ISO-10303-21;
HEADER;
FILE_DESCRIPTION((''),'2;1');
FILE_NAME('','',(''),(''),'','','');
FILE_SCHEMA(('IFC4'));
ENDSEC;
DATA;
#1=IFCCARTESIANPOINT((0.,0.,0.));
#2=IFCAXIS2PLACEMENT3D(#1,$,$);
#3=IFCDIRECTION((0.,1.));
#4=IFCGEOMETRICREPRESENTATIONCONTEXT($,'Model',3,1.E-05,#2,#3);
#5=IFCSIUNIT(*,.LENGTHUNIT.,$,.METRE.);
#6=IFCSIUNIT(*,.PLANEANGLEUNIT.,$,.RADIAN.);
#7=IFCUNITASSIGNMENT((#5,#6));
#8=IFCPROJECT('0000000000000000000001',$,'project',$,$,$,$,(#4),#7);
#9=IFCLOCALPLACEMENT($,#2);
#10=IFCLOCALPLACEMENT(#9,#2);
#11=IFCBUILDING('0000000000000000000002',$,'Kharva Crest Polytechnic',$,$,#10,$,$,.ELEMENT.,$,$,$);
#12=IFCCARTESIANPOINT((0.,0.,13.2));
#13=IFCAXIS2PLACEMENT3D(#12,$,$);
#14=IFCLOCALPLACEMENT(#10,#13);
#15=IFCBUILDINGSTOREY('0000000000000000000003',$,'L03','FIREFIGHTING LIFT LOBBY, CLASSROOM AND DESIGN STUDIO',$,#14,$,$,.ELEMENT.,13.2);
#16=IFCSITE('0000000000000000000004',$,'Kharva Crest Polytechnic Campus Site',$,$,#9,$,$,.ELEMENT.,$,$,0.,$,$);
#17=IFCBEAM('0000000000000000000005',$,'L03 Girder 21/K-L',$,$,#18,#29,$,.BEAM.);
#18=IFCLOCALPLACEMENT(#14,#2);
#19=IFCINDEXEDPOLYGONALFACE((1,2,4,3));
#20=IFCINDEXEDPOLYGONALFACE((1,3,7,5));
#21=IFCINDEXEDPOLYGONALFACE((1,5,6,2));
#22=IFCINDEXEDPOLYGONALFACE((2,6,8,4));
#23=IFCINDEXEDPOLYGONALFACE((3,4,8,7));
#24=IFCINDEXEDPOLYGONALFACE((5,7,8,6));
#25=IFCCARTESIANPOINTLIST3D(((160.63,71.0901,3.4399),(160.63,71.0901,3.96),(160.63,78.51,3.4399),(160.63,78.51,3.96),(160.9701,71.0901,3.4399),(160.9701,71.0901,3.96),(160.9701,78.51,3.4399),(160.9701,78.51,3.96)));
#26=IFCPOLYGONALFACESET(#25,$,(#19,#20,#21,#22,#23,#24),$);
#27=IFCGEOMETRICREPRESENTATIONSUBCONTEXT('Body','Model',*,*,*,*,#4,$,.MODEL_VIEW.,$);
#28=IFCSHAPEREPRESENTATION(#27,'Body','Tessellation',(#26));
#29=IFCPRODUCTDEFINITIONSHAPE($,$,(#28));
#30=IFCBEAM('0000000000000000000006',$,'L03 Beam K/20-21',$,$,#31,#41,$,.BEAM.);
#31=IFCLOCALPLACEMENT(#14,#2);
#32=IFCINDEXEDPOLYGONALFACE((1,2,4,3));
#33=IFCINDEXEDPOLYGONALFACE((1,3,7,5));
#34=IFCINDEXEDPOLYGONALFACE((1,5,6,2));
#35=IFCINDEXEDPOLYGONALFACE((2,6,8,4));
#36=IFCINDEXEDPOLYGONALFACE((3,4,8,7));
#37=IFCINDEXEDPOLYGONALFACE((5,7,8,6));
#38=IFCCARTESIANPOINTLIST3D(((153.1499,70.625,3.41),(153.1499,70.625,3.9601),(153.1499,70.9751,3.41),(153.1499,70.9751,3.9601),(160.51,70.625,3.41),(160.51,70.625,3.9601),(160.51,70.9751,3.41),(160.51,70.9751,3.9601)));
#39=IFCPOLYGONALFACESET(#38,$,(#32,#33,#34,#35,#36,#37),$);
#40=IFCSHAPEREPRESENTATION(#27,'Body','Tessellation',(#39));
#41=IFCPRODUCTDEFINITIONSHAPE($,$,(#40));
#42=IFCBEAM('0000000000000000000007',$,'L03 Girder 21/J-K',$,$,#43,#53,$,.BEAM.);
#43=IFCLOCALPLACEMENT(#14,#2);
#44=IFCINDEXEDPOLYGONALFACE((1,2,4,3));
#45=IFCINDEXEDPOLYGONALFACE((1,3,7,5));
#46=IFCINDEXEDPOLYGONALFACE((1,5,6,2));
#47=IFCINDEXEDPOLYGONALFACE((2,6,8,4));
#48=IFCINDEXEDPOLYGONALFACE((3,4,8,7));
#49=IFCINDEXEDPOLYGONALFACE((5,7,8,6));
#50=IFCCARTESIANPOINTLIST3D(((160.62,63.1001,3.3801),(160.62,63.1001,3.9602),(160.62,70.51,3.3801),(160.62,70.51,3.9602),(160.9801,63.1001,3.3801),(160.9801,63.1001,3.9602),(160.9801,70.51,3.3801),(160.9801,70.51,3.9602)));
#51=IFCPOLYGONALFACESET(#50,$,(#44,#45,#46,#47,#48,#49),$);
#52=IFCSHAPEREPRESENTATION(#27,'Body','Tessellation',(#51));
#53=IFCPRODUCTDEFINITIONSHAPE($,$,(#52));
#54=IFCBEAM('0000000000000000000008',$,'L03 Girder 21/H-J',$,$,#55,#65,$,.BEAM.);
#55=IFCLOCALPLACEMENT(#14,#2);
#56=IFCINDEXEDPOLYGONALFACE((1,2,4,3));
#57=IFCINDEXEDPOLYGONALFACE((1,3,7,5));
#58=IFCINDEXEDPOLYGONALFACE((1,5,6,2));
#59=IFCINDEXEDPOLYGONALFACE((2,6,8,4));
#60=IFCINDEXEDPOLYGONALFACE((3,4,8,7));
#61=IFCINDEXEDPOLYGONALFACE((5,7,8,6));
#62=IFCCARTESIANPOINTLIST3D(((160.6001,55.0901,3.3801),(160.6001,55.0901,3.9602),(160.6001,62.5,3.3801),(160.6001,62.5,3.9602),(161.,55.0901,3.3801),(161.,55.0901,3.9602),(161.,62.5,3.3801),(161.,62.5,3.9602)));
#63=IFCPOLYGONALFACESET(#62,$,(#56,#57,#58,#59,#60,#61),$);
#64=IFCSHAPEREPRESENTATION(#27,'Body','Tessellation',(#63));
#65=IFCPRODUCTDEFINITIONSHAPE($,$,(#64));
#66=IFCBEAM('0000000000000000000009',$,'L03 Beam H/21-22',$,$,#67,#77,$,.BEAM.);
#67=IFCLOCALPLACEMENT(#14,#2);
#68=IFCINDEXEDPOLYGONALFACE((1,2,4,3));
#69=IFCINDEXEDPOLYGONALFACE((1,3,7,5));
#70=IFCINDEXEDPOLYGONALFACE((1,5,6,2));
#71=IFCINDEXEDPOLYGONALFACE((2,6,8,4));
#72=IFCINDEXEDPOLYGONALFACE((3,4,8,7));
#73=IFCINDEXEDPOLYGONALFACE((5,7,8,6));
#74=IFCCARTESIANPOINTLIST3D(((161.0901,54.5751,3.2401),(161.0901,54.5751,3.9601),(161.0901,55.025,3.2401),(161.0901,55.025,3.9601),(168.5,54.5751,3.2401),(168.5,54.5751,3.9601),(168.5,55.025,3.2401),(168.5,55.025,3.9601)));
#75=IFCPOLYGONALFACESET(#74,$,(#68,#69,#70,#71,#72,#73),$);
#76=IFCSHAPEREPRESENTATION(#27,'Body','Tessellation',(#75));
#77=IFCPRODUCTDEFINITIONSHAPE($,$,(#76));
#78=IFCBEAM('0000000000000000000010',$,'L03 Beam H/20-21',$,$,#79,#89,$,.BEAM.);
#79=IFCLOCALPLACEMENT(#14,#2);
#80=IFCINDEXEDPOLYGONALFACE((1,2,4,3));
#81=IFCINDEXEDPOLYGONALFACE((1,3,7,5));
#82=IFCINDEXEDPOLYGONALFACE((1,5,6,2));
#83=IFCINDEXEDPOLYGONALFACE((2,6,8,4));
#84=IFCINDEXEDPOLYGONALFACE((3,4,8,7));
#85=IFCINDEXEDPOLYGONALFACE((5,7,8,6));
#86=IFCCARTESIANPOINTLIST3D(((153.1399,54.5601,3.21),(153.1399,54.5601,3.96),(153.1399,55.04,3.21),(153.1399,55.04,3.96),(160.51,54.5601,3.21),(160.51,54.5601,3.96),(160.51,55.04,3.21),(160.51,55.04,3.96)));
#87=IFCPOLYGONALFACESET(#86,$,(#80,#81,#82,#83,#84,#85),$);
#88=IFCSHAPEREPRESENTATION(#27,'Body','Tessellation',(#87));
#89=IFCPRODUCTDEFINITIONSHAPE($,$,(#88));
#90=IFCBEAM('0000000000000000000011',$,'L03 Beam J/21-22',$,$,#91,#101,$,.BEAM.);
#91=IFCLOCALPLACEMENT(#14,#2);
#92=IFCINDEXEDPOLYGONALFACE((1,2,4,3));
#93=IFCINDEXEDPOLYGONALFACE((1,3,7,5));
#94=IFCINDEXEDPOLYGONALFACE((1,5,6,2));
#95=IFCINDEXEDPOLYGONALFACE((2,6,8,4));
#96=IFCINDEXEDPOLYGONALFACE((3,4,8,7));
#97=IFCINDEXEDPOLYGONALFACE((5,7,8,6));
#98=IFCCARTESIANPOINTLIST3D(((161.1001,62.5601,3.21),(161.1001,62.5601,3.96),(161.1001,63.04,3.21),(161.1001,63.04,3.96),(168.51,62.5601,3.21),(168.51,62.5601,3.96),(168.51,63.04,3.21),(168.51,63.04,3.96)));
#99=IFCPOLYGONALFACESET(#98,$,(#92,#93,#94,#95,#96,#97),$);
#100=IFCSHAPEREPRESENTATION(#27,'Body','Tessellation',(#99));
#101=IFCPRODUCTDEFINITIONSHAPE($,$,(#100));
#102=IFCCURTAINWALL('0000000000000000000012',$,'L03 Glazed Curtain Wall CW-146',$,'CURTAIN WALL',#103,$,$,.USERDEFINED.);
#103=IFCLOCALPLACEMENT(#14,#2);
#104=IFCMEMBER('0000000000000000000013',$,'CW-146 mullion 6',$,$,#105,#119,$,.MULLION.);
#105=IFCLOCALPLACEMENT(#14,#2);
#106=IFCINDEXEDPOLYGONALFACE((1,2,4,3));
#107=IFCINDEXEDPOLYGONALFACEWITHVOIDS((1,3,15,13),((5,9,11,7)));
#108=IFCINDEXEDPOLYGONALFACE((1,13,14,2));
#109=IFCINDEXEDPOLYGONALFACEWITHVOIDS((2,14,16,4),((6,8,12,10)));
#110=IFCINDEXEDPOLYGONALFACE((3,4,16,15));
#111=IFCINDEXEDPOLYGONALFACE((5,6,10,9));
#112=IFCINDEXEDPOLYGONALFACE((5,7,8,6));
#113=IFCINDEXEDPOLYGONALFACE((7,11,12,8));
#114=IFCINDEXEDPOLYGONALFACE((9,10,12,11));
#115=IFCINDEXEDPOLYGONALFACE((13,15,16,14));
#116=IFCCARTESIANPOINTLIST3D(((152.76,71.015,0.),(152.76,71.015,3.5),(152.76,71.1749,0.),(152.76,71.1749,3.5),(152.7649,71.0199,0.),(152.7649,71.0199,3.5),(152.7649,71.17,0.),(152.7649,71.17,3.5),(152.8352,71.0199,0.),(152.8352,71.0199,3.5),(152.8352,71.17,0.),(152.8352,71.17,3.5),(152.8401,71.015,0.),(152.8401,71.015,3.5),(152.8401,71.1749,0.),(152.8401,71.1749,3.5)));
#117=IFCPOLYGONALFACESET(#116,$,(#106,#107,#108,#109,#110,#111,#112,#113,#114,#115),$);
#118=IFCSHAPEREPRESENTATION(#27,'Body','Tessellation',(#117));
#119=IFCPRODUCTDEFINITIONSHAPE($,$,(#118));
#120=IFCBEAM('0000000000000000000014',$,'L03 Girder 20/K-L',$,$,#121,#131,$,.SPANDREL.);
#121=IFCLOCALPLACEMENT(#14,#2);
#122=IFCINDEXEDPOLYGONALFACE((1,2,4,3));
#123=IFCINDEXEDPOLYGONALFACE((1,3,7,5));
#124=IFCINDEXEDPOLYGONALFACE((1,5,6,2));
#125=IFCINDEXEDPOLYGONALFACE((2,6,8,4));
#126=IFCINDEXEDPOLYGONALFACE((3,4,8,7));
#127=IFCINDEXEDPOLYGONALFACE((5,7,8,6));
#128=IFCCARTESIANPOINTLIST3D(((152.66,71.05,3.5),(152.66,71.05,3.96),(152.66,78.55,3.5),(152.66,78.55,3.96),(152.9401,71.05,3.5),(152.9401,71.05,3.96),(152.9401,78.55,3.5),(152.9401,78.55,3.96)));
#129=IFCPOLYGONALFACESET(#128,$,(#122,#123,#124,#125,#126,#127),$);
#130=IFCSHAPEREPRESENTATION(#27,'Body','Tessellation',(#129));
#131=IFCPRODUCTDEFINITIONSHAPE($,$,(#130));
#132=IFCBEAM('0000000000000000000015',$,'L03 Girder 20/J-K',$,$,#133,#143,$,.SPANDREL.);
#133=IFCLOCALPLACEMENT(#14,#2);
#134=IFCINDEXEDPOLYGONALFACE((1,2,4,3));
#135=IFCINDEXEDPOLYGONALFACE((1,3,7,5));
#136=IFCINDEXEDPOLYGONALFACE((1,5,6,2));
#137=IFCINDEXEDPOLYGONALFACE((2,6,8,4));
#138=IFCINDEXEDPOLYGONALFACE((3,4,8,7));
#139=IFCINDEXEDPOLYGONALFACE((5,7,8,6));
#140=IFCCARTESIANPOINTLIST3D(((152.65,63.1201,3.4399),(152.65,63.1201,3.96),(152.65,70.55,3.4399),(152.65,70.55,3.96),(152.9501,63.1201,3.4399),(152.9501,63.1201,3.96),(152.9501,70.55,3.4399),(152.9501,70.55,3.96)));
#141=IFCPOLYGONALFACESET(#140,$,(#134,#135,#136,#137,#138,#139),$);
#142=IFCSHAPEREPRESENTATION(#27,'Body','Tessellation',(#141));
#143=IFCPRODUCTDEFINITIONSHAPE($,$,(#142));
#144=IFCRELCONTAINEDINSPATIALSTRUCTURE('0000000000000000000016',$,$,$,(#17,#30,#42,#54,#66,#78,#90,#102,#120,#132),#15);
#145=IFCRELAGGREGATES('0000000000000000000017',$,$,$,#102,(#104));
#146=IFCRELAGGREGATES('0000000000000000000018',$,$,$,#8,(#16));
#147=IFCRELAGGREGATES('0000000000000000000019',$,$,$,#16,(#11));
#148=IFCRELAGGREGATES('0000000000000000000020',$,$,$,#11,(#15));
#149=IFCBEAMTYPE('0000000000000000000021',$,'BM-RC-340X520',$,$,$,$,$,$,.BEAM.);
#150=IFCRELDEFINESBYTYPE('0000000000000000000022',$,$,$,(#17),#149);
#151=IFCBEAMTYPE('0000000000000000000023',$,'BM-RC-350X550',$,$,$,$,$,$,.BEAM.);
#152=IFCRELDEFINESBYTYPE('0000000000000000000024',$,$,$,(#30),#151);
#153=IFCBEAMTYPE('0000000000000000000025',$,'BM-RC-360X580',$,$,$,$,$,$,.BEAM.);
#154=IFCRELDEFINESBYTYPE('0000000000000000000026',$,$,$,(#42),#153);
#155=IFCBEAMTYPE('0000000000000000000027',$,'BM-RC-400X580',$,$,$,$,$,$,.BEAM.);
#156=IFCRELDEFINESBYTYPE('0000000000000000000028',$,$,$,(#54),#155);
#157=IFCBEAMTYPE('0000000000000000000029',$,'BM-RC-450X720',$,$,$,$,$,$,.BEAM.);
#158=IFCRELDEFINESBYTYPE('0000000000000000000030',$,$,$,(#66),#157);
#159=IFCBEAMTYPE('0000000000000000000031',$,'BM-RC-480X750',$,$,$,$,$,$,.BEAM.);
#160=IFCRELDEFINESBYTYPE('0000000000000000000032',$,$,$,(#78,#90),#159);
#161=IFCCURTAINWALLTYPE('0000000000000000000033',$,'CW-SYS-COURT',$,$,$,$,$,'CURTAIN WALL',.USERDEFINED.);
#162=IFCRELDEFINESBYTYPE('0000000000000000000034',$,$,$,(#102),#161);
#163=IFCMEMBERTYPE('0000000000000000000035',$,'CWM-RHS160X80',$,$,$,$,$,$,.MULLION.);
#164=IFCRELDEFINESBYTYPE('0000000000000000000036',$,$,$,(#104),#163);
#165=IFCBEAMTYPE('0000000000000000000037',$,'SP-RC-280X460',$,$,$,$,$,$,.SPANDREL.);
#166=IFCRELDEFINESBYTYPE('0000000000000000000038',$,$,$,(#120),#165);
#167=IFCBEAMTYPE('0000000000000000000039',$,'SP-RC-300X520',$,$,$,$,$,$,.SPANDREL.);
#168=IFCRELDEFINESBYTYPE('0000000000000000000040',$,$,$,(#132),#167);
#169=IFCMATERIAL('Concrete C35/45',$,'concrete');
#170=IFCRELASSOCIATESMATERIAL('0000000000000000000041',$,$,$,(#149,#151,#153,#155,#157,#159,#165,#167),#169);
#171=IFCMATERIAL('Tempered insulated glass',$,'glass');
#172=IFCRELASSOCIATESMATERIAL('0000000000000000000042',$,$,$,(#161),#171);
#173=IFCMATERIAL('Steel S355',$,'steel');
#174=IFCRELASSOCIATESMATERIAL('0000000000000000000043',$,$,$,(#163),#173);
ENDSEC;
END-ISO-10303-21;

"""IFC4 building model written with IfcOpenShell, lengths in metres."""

from ifc_helpers import new_model, si_unit, direction, frame, origin, origin_2d, place, context, subcontext, project, spatial, rectangle, hollow_rectangle, extrude, material, material_profile, profile_set, type_object, element, aggregate, save


model = new_model("IFC4")

# Units and contexts
model_context = context("Model", 3, precision=1e-05, world=origin(), true_north=direction((0.0, 1.0)))
body_context = subcontext(model_context, "Body", "Model", "MODEL_VIEW")
ifc_project = project(units=[si_unit("LENGTHUNIT", "METRE"), si_unit("PLANEANGLEUNIT", "RADIAN")], contexts=[model_context])

# Site, building, storey
site_placement = place(None, origin())
site = spatial("IfcSite", under=ifc_project, at=site_placement, Name="Kharva Crest Polytechnic Campus Site", CompositionType="ELEMENT", RefElevation=0.0)
building_placement = place(site_placement, origin())
building = spatial("IfcBuilding", under=site, at=building_placement, Name="Kharva Crest Polytechnic", CompositionType="ELEMENT")
storey_placement = place(building_placement, frame((0.0, 0.0, 13.2)))
storey = spatial("IfcBuildingStorey", under=building, at=storey_placement, Name="L03", Description="FIREFIGHTING LIFT LOBBY, CLASSROOM AND DESIGN STUDIO", CompositionType="ELEMENT", Elevation=13.2)

# Beams
ifc_material_1 = material(Name="Concrete C35/45", Category="concrete")
ifc_material_profile_1 = material_profile(ifc_material_1, rectangle(XDim=0.3401, YDim=0.52, at=origin_2d()), Name="RECT 340 X 520")
ifc_profile_set_1 = profile_set([ifc_material_profile_1], Name="Concrete C35/45")
beam_type_1 = type_object("IfcBeamType", Name="BM-RC-340X520", PredefinedType="BEAM", material=ifc_profile_set_1)
beam_1_placement = place(storey_placement, frame((160.8, 71.0901, 3.7), z_axis=(0.0, 1.0, 0.0), x_axis=(-1.0, 0.0, 0.0)))
element("IfcBeam", 1, at=beam_1_placement, inside=storey, type_object=beam_type_1, Name="L03 Girder 21/K-L", PredefinedType="BEAM", context=body_context, shape_type="SweptSolid", body=[
    extrude(rectangle(XDim=0.3401, YDim=0.52, at=origin_2d()), origin(), (0.0, 0.0, 1.0), 7.4199),
])
ifc_material_profile_2 = material_profile(ifc_material_1, rectangle(XDim=0.3501, YDim=0.55, at=origin_2d()), Name="RECT 350 X 550")
ifc_profile_set_2 = profile_set([ifc_material_profile_2], Name="Concrete C35/45")
beam_type_2 = type_object("IfcBeamType", Name="BM-RC-350X550", PredefinedType="BEAM", material=ifc_profile_set_2)
beam_2_placement = place(storey_placement, frame((153.1499, 70.8, 3.6851), z_axis=(1.0, 0.0, 0.0), x_axis=(0.0, 1.0, 0.0)))
element("IfcBeam", 2, at=beam_2_placement, inside=storey, type_object=beam_type_2, Name="L03 Beam K/20-21", PredefinedType="BEAM", context=body_context, shape_type="SweptSolid", body=[
    extrude(rectangle(XDim=0.3501, YDim=0.55, at=origin_2d()), origin(), (0.0, 0.0, 1.0), 7.3601),
])
ifc_material_profile_3 = material_profile(ifc_material_1, rectangle(XDim=0.3601, YDim=0.5801, at=origin_2d()), Name="RECT 360 X 580")
ifc_profile_set_3 = profile_set([ifc_material_profile_3], Name="Concrete C35/45")
beam_type_3 = type_object("IfcBeamType", Name="BM-RC-360X580", PredefinedType="BEAM", material=ifc_profile_set_3)
beam_3_placement = place(storey_placement, frame((160.8, 63.1001, 3.6702), z_axis=(0.0, 1.0, 0.0), x_axis=(-1.0, 0.0, 0.0)))
element("IfcBeam", 3, at=beam_3_placement, inside=storey, type_object=beam_type_3, Name="L03 Girder 21/J-K", PredefinedType="BEAM", context=body_context, shape_type="SweptSolid", body=[
    extrude(rectangle(XDim=0.3601, YDim=0.5801, at=origin_2d()), origin(), (0.0, 0.0, 1.0), 7.4099),
])
ifc_material_profile_4 = material_profile(ifc_material_1, rectangle(XDim=0.3999, YDim=0.5801, at=origin_2d()), Name="RECT 400 X 580")
ifc_profile_set_4 = profile_set([ifc_material_profile_4], Name="Concrete C35/45")
beam_type_4 = type_object("IfcBeamType", Name="BM-RC-400X580", PredefinedType="BEAM", material=ifc_profile_set_4)
beam_4_placement = place(storey_placement, frame((160.8, 55.0901, 3.6702), z_axis=(0.0, 1.0, 0.0), x_axis=(-1.0, 0.0, 0.0)))
element("IfcBeam", 4, at=beam_4_placement, inside=storey, type_object=beam_type_4, Name="L03 Girder 21/H-J", PredefinedType="BEAM", context=body_context, shape_type="SweptSolid", body=[
    extrude(rectangle(XDim=0.3999, YDim=0.5801, at=origin_2d()), origin(), (0.0, 0.0, 1.0), 7.4099),
])
ifc_material_profile_5 = material_profile(ifc_material_1, rectangle(XDim=0.45, YDim=0.72, at=origin_2d()), Name="RECT 450 X 720")
ifc_profile_set_5 = profile_set([ifc_material_profile_5], Name="Concrete C35/45")
beam_type_5 = type_object("IfcBeamType", Name="BM-RC-450X720", PredefinedType="BEAM", material=ifc_profile_set_5)
beam_5_placement = place(storey_placement, frame((161.0901, 54.8, 3.6001), z_axis=(1.0, 0.0, 0.0), x_axis=(0.0, 1.0, 0.0)))
element("IfcBeam", 5, at=beam_5_placement, inside=storey, type_object=beam_type_5, Name="L03 Beam H/21-22", PredefinedType="BEAM", context=body_context, shape_type="SweptSolid", body=[
    extrude(rectangle(XDim=0.45, YDim=0.72, at=origin_2d()), origin(), (0.0, 0.0, 1.0), 7.4099),
])
ifc_material_profile_6 = material_profile(ifc_material_1, rectangle(XDim=0.48, YDim=0.75, at=origin_2d()), Name="RECT 480 X 750")
ifc_profile_set_6 = profile_set([ifc_material_profile_6], Name="Concrete C35/45")
beam_type_6 = type_object("IfcBeamType", Name="BM-RC-480X750", PredefinedType="BEAM", material=ifc_profile_set_6)
beam_6_placement = place(storey_placement, frame((153.1399, 54.8, 3.585), z_axis=(1.0, 0.0, 0.0), x_axis=(0.0, 1.0, 0.0)))
element("IfcBeam", 6, at=beam_6_placement, inside=storey, type_object=beam_type_6, Name="L03 Beam H/20-21", PredefinedType="BEAM", context=body_context, shape_type="SweptSolid", body=[
    extrude(rectangle(XDim=0.48, YDim=0.75, at=origin_2d()), origin(), (0.0, 0.0, 1.0), 7.3701),
])
beam_7_placement = place(storey_placement, frame((161.1001, 62.8, 3.585), z_axis=(1.0, 0.0, 0.0), x_axis=(0.0, 1.0, 0.0)))
element("IfcBeam", 7, at=beam_7_placement, inside=storey, type_object=beam_type_6, Name="L03 Beam J/21-22", PredefinedType="BEAM", context=body_context, shape_type="SweptSolid", body=[
    extrude(rectangle(XDim=0.48, YDim=0.75, at=origin_2d()), origin(), (0.0, 0.0, 1.0), 7.4099),
])

# Curtain wall, member
ifc_material_2 = material(Name="Tempered insulated glass", Category="glass")
curtain_wall_type = type_object("IfcCurtainWallType", Name="CW-SYS-COURT", ElementType="CURTAIN WALL", PredefinedType="USERDEFINED", material=ifc_material_2)
curtain_wall_placement = place(storey_placement, origin())
curtain_wall = element("IfcCurtainWall", 8, at=curtain_wall_placement, inside=storey, type_object=curtain_wall_type, Name="L03 Glazed Curtain Wall CW-146", ObjectType="CURTAIN WALL", PredefinedType="USERDEFINED")
ifc_material_3 = material(Name="Steel S355", Category="steel")
ifc_material_profile_7 = material_profile(ifc_material_3, hollow_rectangle(XDim=0.0801, YDim=0.1599, WallThickness=0.0049, at=origin_2d()), Name="RHS 160X80X5.0")
ifc_profile_set_7 = profile_set([ifc_material_profile_7], Name="Steel S355")
member_type = type_object("IfcMemberType", Name="CWM-RHS160X80", PredefinedType="MULLION", material=ifc_profile_set_7)
member_placement = place(storey_placement, frame((152.8, 71.095, 0.0), z_axis=(0.0, 0.0, 1.0), x_axis=(1.0, 0.0, 0.0)))
member = element("IfcMember", 9, at=member_placement, type_object=member_type, Name="CW-146 mullion 6", PredefinedType="MULLION", context=body_context, shape_type="SweptSolid", body=[
    extrude(hollow_rectangle(XDim=0.0801, YDim=0.1599, WallThickness=0.0049, at=origin_2d()), origin(), (0.0, 0.0, 1.0), 3.5),
])
aggregate(curtain_wall, [member])

# Beams
ifc_material_profile_8 = material_profile(ifc_material_1, rectangle(XDim=0.28, YDim=0.46, at=origin_2d()), Name="RECT 280 X 460")
ifc_profile_set_8 = profile_set([ifc_material_profile_8], Name="Concrete C35/45")
beam_type_7 = type_object("IfcBeamType", Name="SP-RC-280X460", PredefinedType="SPANDREL", material=ifc_profile_set_8)
beam_8_placement = place(storey_placement, frame((152.8, 71.05, 3.73), z_axis=(0.0, 1.0, 0.0), x_axis=(-1.0, 0.0, 0.0)))
element("IfcBeam", 10, at=beam_8_placement, inside=storey, type_object=beam_type_7, Name="L03 Girder 20/K-L", PredefinedType="SPANDREL", context=body_context, shape_type="SweptSolid", body=[
    extrude(rectangle(XDim=0.28, YDim=0.46, at=origin_2d()), origin(), (0.0, 0.0, 1.0), 7.5),
])
ifc_material_profile_9 = material_profile(ifc_material_1, rectangle(XDim=0.3, YDim=0.52, at=origin_2d()), Name="RECT 300 X 520")
ifc_profile_set_9 = profile_set([ifc_material_profile_9], Name="Concrete C35/45")
beam_type_8 = type_object("IfcBeamType", Name="SP-RC-300X520", PredefinedType="SPANDREL", material=ifc_profile_set_9)
beam_9_placement = place(storey_placement, frame((152.8, 63.1201, 3.7), z_axis=(0.0, 1.0, 0.0), x_axis=(-1.0, 0.0, 0.0)))
element("IfcBeam", 11, at=beam_9_placement, inside=storey, type_object=beam_type_8, Name="L03 Girder 20/J-K", PredefinedType="SPANDREL", context=body_context, shape_type="SweptSolid", body=[
    extrude(rectangle(XDim=0.3, YDim=0.52, at=origin_2d()), origin(), (0.0, 0.0, 1.0), 7.4299),
])

save(model, "model.ifc")
